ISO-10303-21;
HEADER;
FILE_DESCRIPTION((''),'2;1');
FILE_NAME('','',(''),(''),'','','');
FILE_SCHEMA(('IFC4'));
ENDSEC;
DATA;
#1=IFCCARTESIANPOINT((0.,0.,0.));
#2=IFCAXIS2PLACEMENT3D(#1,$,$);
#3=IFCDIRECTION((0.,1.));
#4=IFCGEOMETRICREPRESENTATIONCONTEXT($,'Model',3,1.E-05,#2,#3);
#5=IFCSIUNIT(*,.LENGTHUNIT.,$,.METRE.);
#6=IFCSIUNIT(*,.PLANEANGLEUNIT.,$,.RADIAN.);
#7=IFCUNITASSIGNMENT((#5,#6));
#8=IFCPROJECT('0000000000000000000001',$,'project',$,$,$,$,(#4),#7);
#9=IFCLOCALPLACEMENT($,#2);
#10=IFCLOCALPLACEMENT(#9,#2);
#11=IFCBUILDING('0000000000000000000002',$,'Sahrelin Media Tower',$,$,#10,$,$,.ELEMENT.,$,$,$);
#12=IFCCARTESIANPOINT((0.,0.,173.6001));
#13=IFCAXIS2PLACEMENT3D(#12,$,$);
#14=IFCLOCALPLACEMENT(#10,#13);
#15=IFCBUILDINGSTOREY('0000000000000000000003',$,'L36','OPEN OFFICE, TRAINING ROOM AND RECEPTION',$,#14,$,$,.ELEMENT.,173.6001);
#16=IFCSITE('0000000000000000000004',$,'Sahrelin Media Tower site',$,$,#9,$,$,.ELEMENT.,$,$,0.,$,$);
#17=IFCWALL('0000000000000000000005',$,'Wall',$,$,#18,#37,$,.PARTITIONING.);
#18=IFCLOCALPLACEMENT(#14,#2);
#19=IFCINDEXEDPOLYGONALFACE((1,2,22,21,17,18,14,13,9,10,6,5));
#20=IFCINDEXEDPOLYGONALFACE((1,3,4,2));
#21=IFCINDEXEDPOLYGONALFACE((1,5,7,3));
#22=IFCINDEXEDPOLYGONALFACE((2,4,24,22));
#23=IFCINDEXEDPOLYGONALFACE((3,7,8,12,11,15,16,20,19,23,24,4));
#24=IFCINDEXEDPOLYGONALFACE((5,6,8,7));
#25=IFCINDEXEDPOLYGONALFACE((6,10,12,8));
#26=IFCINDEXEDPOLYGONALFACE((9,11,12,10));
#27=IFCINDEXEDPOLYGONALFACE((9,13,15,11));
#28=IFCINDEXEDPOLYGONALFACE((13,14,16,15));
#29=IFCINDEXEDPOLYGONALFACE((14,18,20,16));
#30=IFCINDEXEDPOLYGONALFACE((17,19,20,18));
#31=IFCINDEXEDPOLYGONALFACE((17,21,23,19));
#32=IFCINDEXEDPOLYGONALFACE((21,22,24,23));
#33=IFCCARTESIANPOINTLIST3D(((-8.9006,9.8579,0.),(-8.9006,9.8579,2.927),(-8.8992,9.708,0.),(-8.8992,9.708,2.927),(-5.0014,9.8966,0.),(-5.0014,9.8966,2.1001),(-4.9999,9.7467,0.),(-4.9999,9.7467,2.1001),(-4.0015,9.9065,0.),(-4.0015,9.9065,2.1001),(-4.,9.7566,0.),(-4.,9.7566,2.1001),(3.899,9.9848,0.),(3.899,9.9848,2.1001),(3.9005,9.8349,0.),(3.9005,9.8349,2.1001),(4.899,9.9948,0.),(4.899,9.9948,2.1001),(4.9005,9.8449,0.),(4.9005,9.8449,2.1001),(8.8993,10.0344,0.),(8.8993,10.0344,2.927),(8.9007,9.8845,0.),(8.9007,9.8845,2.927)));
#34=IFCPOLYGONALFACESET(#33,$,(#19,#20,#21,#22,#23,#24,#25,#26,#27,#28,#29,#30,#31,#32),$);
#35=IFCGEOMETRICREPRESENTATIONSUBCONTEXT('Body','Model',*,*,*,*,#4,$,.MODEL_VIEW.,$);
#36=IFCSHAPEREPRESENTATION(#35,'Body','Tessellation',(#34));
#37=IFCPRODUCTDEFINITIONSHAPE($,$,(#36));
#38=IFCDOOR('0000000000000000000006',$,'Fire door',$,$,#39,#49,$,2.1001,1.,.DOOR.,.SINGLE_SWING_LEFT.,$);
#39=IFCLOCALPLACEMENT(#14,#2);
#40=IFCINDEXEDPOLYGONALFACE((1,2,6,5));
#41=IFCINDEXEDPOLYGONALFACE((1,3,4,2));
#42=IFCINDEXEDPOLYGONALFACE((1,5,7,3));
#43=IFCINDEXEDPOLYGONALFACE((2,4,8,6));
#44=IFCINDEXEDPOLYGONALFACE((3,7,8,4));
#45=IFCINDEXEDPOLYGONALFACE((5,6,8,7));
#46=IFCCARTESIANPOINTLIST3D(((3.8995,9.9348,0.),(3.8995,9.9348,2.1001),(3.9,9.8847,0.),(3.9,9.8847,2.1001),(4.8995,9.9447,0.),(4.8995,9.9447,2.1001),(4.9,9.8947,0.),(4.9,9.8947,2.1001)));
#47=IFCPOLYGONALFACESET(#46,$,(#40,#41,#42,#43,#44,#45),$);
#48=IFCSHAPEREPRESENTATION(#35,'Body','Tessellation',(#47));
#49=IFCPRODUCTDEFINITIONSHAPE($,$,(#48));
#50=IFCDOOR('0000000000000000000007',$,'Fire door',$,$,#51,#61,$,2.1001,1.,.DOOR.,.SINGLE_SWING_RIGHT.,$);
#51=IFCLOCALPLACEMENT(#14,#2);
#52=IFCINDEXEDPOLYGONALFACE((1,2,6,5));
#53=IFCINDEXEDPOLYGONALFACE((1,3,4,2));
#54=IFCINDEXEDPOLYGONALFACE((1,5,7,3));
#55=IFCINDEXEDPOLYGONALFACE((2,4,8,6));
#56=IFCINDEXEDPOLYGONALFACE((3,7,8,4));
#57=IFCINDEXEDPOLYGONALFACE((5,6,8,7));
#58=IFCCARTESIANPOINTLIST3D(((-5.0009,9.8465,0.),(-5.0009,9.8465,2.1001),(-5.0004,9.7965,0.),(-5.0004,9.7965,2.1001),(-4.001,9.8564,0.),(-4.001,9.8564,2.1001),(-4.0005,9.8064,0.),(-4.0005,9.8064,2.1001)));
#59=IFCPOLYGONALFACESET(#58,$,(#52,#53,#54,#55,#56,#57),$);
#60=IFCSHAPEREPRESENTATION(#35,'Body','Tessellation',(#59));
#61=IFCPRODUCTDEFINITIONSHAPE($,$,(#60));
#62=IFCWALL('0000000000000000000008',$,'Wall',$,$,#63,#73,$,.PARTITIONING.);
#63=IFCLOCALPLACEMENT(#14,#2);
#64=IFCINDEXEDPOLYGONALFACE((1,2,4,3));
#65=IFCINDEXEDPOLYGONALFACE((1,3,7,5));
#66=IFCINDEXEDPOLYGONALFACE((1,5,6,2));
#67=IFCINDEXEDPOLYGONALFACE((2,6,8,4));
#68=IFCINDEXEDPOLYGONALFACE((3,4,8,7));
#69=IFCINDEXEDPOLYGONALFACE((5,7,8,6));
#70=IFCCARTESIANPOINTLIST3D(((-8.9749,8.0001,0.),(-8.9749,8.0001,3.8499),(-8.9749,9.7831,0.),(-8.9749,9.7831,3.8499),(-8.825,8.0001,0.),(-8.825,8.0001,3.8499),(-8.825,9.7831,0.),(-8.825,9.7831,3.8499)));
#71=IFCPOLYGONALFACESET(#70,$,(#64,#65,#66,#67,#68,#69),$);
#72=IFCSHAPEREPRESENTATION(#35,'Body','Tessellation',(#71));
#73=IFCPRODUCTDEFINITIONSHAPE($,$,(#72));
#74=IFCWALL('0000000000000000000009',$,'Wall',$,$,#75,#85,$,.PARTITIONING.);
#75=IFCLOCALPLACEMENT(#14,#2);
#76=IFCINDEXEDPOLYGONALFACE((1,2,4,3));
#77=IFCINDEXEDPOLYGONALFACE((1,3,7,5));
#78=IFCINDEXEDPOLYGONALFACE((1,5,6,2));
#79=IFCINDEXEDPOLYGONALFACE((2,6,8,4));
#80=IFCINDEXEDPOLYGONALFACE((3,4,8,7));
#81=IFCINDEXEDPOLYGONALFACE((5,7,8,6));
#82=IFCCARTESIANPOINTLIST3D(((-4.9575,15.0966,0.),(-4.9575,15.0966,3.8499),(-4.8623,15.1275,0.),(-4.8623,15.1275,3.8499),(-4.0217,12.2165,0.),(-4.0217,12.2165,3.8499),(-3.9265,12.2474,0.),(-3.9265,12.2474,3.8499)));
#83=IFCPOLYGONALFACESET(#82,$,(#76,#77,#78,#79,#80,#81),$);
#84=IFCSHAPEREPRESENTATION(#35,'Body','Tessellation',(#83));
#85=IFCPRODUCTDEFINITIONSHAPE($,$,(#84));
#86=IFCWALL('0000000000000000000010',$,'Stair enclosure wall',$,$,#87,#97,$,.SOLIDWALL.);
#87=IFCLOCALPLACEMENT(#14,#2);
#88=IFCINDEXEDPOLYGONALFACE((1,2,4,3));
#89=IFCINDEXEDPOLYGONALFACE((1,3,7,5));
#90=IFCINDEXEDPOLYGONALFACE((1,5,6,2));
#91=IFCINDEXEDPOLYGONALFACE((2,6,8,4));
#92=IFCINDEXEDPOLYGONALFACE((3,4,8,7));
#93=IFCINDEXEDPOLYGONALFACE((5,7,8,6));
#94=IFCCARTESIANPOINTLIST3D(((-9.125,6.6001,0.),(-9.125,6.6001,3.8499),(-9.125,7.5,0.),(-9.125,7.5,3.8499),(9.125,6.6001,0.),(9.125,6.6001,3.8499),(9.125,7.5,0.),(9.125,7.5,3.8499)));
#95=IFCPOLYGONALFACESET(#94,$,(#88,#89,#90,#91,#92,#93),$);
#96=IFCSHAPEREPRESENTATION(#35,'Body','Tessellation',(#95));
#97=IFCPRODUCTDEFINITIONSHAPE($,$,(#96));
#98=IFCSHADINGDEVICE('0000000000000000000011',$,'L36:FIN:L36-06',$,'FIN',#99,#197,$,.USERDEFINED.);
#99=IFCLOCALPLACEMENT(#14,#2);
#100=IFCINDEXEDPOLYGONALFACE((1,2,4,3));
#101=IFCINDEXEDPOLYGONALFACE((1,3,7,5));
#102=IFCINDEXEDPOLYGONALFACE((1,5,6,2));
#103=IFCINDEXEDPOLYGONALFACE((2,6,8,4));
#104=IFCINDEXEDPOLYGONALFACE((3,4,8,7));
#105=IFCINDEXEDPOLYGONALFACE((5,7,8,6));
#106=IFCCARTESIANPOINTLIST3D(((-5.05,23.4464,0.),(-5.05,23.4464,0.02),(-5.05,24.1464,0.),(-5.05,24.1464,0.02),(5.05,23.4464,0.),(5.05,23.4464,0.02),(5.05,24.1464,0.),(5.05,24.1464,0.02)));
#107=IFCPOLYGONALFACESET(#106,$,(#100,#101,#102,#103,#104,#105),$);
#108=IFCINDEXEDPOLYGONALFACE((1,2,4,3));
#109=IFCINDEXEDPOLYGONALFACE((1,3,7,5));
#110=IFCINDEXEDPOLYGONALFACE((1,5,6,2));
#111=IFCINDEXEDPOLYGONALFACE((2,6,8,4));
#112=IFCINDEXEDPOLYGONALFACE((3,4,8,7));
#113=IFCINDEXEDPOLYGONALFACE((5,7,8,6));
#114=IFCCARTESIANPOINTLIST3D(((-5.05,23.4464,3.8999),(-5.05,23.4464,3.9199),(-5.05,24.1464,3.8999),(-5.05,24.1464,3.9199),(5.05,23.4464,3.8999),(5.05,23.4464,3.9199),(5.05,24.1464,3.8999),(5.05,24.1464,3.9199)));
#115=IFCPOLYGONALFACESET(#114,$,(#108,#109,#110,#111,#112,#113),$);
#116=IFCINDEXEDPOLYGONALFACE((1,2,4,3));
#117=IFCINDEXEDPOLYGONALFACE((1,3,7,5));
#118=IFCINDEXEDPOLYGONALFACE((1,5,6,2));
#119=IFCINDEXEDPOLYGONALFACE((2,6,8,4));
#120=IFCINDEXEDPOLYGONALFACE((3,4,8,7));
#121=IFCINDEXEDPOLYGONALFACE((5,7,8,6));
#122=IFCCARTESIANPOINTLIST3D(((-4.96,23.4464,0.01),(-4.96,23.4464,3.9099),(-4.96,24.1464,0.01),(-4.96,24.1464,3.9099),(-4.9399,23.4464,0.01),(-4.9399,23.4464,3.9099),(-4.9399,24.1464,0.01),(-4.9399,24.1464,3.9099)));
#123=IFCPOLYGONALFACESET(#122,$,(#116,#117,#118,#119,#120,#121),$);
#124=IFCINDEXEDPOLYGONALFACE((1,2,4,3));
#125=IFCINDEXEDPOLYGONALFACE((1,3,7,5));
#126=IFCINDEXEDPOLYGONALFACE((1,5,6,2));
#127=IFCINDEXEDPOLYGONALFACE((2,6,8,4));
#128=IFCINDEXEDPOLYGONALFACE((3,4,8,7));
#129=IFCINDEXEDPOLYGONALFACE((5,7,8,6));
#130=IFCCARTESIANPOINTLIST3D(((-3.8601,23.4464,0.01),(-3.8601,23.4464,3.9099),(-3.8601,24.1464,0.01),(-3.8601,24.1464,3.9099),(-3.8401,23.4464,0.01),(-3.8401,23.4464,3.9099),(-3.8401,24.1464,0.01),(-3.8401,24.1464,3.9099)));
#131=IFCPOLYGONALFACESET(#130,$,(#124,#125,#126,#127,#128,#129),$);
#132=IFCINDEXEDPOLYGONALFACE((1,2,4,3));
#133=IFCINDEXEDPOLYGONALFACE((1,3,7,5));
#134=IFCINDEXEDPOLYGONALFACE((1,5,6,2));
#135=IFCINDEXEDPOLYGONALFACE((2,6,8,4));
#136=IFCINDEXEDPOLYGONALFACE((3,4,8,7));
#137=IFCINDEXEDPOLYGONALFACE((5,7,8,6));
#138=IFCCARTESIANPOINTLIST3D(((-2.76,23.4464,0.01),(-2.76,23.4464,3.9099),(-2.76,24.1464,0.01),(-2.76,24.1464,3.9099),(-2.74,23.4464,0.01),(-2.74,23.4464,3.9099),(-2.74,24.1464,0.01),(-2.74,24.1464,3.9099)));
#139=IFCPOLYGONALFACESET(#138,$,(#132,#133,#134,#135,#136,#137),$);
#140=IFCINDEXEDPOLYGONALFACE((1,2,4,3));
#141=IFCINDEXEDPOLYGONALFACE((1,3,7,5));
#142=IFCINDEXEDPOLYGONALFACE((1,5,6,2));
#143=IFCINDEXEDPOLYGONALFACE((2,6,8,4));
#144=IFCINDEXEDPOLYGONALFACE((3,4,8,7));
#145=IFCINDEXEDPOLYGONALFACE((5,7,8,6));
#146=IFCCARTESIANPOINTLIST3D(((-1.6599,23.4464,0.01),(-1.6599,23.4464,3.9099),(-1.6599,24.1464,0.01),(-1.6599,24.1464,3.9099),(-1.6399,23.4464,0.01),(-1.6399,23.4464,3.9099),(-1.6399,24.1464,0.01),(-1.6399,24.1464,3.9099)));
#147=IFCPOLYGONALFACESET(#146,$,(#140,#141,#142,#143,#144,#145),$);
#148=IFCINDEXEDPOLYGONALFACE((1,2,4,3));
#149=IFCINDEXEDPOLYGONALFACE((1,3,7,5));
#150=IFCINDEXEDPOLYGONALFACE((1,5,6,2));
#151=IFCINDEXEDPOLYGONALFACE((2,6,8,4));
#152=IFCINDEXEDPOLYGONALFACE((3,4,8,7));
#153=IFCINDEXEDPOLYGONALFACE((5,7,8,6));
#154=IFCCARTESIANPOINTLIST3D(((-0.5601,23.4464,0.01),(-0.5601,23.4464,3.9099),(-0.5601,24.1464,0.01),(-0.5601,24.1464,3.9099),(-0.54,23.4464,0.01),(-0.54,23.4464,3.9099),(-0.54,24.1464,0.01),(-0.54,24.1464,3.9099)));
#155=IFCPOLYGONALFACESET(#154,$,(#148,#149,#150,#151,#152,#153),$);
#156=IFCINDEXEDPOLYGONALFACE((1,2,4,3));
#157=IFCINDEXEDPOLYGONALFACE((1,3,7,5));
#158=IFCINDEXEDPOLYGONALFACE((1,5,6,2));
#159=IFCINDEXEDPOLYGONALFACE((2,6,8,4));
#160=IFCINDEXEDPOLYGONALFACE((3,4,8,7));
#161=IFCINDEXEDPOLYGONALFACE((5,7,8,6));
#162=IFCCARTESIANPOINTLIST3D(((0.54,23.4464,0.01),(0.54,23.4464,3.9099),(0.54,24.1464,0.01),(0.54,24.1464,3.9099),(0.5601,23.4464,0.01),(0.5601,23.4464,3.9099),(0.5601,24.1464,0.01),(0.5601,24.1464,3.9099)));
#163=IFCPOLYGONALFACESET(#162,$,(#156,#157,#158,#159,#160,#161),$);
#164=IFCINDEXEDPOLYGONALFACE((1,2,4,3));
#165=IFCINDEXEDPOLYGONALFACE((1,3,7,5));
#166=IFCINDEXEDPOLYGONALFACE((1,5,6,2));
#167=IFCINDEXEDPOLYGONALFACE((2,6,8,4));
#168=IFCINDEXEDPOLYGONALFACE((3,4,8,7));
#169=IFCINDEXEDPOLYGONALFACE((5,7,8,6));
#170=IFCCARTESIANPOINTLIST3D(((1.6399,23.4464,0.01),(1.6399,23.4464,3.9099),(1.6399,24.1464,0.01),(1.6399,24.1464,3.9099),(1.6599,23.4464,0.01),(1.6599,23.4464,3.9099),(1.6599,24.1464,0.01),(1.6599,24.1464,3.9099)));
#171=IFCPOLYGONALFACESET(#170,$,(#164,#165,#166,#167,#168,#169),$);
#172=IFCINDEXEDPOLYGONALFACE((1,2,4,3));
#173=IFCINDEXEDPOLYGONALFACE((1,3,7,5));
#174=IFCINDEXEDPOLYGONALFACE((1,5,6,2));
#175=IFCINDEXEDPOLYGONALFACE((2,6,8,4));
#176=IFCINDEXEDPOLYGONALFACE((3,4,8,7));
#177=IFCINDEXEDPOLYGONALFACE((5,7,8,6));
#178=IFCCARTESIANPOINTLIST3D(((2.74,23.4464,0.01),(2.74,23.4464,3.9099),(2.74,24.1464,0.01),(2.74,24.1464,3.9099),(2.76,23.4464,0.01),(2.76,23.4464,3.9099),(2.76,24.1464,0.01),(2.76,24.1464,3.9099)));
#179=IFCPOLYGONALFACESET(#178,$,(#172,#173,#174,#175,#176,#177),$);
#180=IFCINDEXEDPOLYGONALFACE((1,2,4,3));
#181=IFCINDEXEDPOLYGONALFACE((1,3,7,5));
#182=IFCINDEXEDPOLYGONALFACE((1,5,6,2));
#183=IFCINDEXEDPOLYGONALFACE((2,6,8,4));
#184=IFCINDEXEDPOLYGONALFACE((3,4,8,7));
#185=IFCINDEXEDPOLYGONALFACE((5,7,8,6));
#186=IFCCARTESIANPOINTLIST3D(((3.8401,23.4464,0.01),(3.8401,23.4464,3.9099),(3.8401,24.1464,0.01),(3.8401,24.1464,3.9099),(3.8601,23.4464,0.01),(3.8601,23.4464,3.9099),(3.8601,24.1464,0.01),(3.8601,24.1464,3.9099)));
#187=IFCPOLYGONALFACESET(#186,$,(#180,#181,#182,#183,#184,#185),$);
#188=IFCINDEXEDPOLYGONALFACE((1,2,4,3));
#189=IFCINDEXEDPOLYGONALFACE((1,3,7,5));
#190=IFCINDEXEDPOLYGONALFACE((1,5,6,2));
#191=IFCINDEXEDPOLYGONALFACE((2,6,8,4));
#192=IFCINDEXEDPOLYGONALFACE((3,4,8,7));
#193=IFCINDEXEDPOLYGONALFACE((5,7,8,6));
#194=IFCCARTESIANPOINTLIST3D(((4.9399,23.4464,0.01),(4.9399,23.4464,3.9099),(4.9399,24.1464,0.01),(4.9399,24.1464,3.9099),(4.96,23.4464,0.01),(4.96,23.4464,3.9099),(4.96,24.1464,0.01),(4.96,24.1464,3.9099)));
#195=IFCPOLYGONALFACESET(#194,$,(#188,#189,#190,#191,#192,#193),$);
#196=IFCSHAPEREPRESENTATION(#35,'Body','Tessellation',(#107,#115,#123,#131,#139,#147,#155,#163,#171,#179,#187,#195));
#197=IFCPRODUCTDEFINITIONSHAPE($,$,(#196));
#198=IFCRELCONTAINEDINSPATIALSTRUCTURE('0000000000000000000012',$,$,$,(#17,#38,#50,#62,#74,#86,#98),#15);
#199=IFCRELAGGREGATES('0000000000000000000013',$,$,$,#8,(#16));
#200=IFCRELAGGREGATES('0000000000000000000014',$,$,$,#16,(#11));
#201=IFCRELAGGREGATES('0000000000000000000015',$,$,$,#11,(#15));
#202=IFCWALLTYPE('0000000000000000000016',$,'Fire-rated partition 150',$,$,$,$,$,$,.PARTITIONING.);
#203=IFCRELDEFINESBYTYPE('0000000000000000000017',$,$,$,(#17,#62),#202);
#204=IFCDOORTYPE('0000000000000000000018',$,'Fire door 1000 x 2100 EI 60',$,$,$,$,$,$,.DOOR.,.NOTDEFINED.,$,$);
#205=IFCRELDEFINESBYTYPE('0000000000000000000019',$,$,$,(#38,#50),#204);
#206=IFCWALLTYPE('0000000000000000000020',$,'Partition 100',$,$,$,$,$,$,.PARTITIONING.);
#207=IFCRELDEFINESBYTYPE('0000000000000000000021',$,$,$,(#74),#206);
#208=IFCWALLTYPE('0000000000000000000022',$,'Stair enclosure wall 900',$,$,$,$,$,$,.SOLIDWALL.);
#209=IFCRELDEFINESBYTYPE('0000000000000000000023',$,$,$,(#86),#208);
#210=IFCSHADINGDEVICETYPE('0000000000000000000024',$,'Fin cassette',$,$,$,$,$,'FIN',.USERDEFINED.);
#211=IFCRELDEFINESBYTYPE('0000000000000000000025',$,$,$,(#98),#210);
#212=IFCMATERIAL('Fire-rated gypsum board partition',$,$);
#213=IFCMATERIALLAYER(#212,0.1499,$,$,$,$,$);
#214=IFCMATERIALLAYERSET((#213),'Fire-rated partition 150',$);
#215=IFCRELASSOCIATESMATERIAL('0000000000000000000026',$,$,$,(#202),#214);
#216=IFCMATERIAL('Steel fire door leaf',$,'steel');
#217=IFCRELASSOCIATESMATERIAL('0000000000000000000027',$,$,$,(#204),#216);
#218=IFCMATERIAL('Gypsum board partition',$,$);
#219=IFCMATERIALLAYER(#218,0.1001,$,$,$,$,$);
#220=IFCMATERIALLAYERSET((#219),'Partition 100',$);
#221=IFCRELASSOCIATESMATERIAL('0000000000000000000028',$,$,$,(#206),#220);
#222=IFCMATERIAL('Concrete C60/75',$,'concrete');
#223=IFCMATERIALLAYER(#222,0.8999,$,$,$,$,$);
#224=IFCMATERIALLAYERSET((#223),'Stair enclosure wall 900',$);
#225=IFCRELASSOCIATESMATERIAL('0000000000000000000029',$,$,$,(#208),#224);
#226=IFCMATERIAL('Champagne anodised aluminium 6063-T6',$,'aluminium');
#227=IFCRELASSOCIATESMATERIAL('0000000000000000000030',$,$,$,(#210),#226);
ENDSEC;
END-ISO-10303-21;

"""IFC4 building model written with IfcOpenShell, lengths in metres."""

from ifc_helpers import new_model, si_unit, direction, frame, frame_2d, origin, origin_2d, place, context, subcontext, project, spatial, rectangle, extrude, material, layer, layer_set, type_object, element, fill, save


model = new_model("IFC4")

# Units and contexts
model_context = context("Model", 3, precision=1e-05, world=origin(), true_north=direction((0.0, 1.0)))
body_context = subcontext(model_context, "Body", "Model", "MODEL_VIEW")
ifc_project = project(units=[si_unit("LENGTHUNIT", "METRE"), si_unit("PLANEANGLEUNIT", "RADIAN")], contexts=[model_context])

# Site, building, storey
site_placement = place(None, origin())
site = spatial("IfcSite", under=ifc_project, at=site_placement, Name="Sahrelin Media Tower site", CompositionType="ELEMENT", RefElevation=0.0)
building_placement = place(site_placement, origin())
building = spatial("IfcBuilding", under=site, at=building_placement, Name="Sahrelin Media Tower", CompositionType="ELEMENT")
storey_placement = place(building_placement, frame((0.0, 0.0, 173.6001)))
storey = spatial("IfcBuildingStorey", under=building, at=storey_placement, Name="L36", Description="OPEN OFFICE, TRAINING ROOM AND RECEPTION", CompositionType="ELEMENT", Elevation=173.6001)

# Shared definitions
ifc_material_1 = material(Name="Champagne anodised aluminium 6063-T6", Category="aluminium")
placement_1 = place(storey_placement, frame((0.0, 23.3765, 0.0), z_axis=(0.0, 0.0, 1.0), x_axis=(1.0, 0.0, 0.0)))

# Wall, openings, doors
ifc_material_2 = material(Name="Fire-rated gypsum board partition")
ifc_layer_1 = layer(ifc_material_2, 0.1499)
ifc_layer_set_1 = layer_set([ifc_layer_1], Name="Fire-rated partition 150")
wall_type_1 = type_object("IfcWallType", Name="Fire-rated partition 150", PredefinedType="PARTITIONING", material=ifc_layer_set_1)
wall_1_placement = place(storey_placement, frame((-8.8999, 9.783, 0.0), z_axis=(0.0, 0.0, 1.0), x_axis=(0.999951, 0.009916, 0.0)))
wall_1 = element("IfcWall", 1, at=wall_1_placement, inside=storey, type_object=wall_type_1, Name="Wall", PredefinedType="PARTITIONING", context=body_context, shape_type="SweptSolid", body=[
    extrude(rectangle(XDim=17.8008, YDim=0.1499, at=frame_2d((8.9004, 0.0))), origin(), (0.0, 0.0, 1.0), 2.927),
])
opening_1_placement = place(wall_1_placement, frame((12.8003, 0.0, 0.0)))
opening_1 = element("IfcOpeningElement", 2, at=opening_1_placement, cuts=wall_1, PredefinedType="OPENING", context=body_context, shape_type="SweptSolid", body=[
    extrude(rectangle(XDim=1.0, YDim=2.1001, at=frame_2d((0.5, 1.05))), frame((0.0, 0.075, 0.0), z_axis=(0.0, -1.0, 0.0), x_axis=(1.0, 0.0, 0.0)), (0.0, 0.0, 1.0), 0.1499),
])
opening_2_placement = place(wall_1_placement, frame((3.8994, 0.0, 0.0)))
opening_2 = element("IfcOpeningElement", 3, at=opening_2_placement, cuts=wall_1, PredefinedType="OPENING", context=body_context, shape_type="SweptSolid", body=[
    extrude(rectangle(XDim=1.0, YDim=2.1001, at=frame_2d((0.5, 1.05))), frame((0.0, 0.075, 0.0), z_axis=(0.0, -1.0, 0.0), x_axis=(1.0, 0.0, 0.0)), (0.0, 0.0, 1.0), 0.1499),
])
ifc_material_3 = material(Name="Steel fire door leaf", Category="steel")
door_type = type_object("IfcDoorType", Name="Fire door 1000 x 2100 EI 60", OperationType="NOTDEFINED", PredefinedType="DOOR", material=ifc_material_3)
door_1_placement = place(opening_1_placement, origin())
door_1 = element("IfcDoor", 4, at=door_1_placement, inside=storey, type_object=door_type, Name="Fire door", OperationType="SINGLE_SWING_LEFT", OverallHeight=2.1001, OverallWidth=1.0, PredefinedType="DOOR", context=body_context, shape_type="SweptSolid", body=[
    extrude(rectangle(XDim=1.0, YDim=2.1001, at=frame_2d((0.5, 1.05))), frame((0.0, 0.0249, 0.0), z_axis=(0.0, -1.0, 0.0), x_axis=(1.0, 0.0, 0.0)), (0.0, 0.0, 1.0), 0.05),
])
fill(opening_1, door_1)
door_2_placement = place(opening_2_placement, origin())
door_2 = element("IfcDoor", 5, at=door_2_placement, inside=storey, type_object=door_type, Name="Fire door", OperationType="SINGLE_SWING_RIGHT", OverallHeight=2.1001, OverallWidth=1.0, PredefinedType="DOOR", context=body_context, shape_type="SweptSolid", body=[
    extrude(rectangle(XDim=1.0, YDim=2.1001, at=frame_2d((0.5, 1.05))), frame((0.0, 0.0249, 0.0), z_axis=(0.0, -1.0, 0.0), x_axis=(1.0, 0.0, 0.0)), (0.0, 0.0, 1.0), 0.05),
])
fill(opening_2, door_2)

# Walls
wall_2_placement = place(storey_placement, frame((-8.8999, 8.0, 0.0), z_axis=(0.0, 0.0, 1.0), x_axis=(0.0, 1.0, 0.0)))
element("IfcWall", 6, at=wall_2_placement, inside=storey, type_object=wall_type_1, Name="Wall", PredefinedType="PARTITIONING", context=body_context, shape_type="SweptSolid", body=[
    extrude(rectangle(XDim=1.783, YDim=0.1499, at=frame_2d((0.8916, 0.0))), origin(), (0.0, 0.0, 1.0), 3.8499),
])
ifc_material_4 = material(Name="Gypsum board partition")
ifc_layer_2 = layer(ifc_material_4, 0.1001)
ifc_layer_set_2 = layer_set([ifc_layer_2], Name="Partition 100")
wall_type_2 = type_object("IfcWallType", Name="Partition 100", PredefinedType="PARTITIONING", material=ifc_layer_set_2)
wall_3_placement = place(storey_placement, frame((-4.9099, 15.1121, 0.0), z_axis=(0.0, 0.0, 1.0), x_axis=(0.309011, -0.951058, 0.0)))
element("IfcWall", 7, at=wall_3_placement, inside=storey, type_object=wall_type_2, Name="Wall", PredefinedType="PARTITIONING", context=body_context, shape_type="SweptSolid", body=[
    extrude(rectangle(XDim=3.0283, YDim=0.1001, at=frame_2d((1.5142, 0.0))), origin(), (0.0, 0.0, 1.0), 3.8499),
])
ifc_material_5 = material(Name="Concrete C60/75", Category="concrete")
ifc_layer_3 = layer(ifc_material_5, 0.8999)
ifc_layer_set_3 = layer_set([ifc_layer_3], Name="Stair enclosure wall 900")
wall_type_3 = type_object("IfcWallType", Name="Stair enclosure wall 900", PredefinedType="SOLIDWALL", material=ifc_layer_set_3)
wall_4_placement = place(storey_placement, frame((-9.125, 7.05, 0.0), z_axis=(0.0, 0.0, 1.0), x_axis=(1.0, 0.0, 0.0)))
element("IfcWall", 8, at=wall_4_placement, inside=storey, type_object=wall_type_3, Name="Stair enclosure wall", PredefinedType="SOLIDWALL", context=body_context, shape_type="SweptSolid", body=[
    extrude(rectangle(XDim=18.25, YDim=0.8999, at=frame_2d((9.125, 0.0))), origin(), (0.0, 0.0, 1.0), 3.8499),
])

# Shading device
shading_device_type_1 = type_object("IfcShadingDeviceType", Name="Fin cassette", ElementType="FIN", PredefinedType="USERDEFINED", material=ifc_material_1)
element("IfcShadingDevice", 9, at=placement_1, inside=storey, type_object=shading_device_type_1, Name="L36:FIN:L36-06", ObjectType="FIN", PredefinedType="USERDEFINED", context=body_context, shape_type="SweptSolid", body=[
    extrude(rectangle(XDim=10.1001, YDim=0.7, at=origin_2d()), frame((0.0, 0.4199, 0.0)), (0.0, 0.0, 1.0), 0.02),
    extrude(rectangle(XDim=10.1001, YDim=0.7, at=origin_2d()), frame((0.0, 0.4199, 3.8999)), (0.0, 0.0, 1.0), 0.02),
    extrude(rectangle(XDim=0.02, YDim=0.7, at=origin_2d()), frame((-4.95, 0.4199, 0.01), z_axis=(0.0, 0.0, 1.0), x_axis=(1.0, 0.0, 0.0)), (0.0, 0.0, 1.0), 3.8999),
    extrude(rectangle(XDim=0.02, YDim=0.7, at=origin_2d()), frame((-3.8501, 0.4199, 0.01), z_axis=(0.0, 0.0, 1.0), x_axis=(1.0, 0.0, 0.0)), (0.0, 0.0, 1.0), 3.8999),
    extrude(rectangle(XDim=0.02, YDim=0.7, at=origin_2d()), frame((-2.75, 0.4199, 0.01), z_axis=(0.0, 0.0, 1.0), x_axis=(1.0, 0.0, 0.0)), (0.0, 0.0, 1.0), 3.8999),
    extrude(rectangle(XDim=0.02, YDim=0.7, at=origin_2d()), frame((-1.6499, 0.4199, 0.01), z_axis=(0.0, 0.0, 1.0), x_axis=(1.0, 0.0, 0.0)), (0.0, 0.0, 1.0), 3.8999),
    extrude(rectangle(XDim=0.02, YDim=0.7, at=origin_2d()), frame((-0.55, 0.4199, 0.01), z_axis=(0.0, 0.0, 1.0), x_axis=(1.0, 0.0, 0.0)), (0.0, 0.0, 1.0), 3.8999),
    extrude(rectangle(XDim=0.02, YDim=0.7, at=origin_2d()), frame((0.55, 0.4199, 0.01), z_axis=(0.0, 0.0, 1.0), x_axis=(1.0, 0.0, 0.0)), (0.0, 0.0, 1.0), 3.8999),
    extrude(rectangle(XDim=0.02, YDim=0.7, at=origin_2d()), frame((1.6499, 0.4199, 0.01), z_axis=(0.0, 0.0, 1.0), x_axis=(1.0, 0.0, 0.0)), (0.0, 0.0, 1.0), 3.8999),
    extrude(rectangle(XDim=0.02, YDim=0.7, at=origin_2d()), frame((2.75, 0.4199, 0.01), z_axis=(0.0, 0.0, 1.0), x_axis=(1.0, 0.0, 0.0)), (0.0, 0.0, 1.0), 3.8999),
    extrude(rectangle(XDim=0.02, YDim=0.7, at=origin_2d()), frame((3.8501, 0.4199, 0.01), z_axis=(0.0, 0.0, 1.0), x_axis=(1.0, 0.0, 0.0)), (0.0, 0.0, 1.0), 3.8999),
    extrude(rectangle(XDim=0.02, YDim=0.7, at=origin_2d()), frame((4.95, 0.4199, 0.01), z_axis=(0.0, 0.0, 1.0), x_axis=(1.0, 0.0, 0.0)), (0.0, 0.0, 1.0), 3.8999),
])

save(model, "model.ifc")
